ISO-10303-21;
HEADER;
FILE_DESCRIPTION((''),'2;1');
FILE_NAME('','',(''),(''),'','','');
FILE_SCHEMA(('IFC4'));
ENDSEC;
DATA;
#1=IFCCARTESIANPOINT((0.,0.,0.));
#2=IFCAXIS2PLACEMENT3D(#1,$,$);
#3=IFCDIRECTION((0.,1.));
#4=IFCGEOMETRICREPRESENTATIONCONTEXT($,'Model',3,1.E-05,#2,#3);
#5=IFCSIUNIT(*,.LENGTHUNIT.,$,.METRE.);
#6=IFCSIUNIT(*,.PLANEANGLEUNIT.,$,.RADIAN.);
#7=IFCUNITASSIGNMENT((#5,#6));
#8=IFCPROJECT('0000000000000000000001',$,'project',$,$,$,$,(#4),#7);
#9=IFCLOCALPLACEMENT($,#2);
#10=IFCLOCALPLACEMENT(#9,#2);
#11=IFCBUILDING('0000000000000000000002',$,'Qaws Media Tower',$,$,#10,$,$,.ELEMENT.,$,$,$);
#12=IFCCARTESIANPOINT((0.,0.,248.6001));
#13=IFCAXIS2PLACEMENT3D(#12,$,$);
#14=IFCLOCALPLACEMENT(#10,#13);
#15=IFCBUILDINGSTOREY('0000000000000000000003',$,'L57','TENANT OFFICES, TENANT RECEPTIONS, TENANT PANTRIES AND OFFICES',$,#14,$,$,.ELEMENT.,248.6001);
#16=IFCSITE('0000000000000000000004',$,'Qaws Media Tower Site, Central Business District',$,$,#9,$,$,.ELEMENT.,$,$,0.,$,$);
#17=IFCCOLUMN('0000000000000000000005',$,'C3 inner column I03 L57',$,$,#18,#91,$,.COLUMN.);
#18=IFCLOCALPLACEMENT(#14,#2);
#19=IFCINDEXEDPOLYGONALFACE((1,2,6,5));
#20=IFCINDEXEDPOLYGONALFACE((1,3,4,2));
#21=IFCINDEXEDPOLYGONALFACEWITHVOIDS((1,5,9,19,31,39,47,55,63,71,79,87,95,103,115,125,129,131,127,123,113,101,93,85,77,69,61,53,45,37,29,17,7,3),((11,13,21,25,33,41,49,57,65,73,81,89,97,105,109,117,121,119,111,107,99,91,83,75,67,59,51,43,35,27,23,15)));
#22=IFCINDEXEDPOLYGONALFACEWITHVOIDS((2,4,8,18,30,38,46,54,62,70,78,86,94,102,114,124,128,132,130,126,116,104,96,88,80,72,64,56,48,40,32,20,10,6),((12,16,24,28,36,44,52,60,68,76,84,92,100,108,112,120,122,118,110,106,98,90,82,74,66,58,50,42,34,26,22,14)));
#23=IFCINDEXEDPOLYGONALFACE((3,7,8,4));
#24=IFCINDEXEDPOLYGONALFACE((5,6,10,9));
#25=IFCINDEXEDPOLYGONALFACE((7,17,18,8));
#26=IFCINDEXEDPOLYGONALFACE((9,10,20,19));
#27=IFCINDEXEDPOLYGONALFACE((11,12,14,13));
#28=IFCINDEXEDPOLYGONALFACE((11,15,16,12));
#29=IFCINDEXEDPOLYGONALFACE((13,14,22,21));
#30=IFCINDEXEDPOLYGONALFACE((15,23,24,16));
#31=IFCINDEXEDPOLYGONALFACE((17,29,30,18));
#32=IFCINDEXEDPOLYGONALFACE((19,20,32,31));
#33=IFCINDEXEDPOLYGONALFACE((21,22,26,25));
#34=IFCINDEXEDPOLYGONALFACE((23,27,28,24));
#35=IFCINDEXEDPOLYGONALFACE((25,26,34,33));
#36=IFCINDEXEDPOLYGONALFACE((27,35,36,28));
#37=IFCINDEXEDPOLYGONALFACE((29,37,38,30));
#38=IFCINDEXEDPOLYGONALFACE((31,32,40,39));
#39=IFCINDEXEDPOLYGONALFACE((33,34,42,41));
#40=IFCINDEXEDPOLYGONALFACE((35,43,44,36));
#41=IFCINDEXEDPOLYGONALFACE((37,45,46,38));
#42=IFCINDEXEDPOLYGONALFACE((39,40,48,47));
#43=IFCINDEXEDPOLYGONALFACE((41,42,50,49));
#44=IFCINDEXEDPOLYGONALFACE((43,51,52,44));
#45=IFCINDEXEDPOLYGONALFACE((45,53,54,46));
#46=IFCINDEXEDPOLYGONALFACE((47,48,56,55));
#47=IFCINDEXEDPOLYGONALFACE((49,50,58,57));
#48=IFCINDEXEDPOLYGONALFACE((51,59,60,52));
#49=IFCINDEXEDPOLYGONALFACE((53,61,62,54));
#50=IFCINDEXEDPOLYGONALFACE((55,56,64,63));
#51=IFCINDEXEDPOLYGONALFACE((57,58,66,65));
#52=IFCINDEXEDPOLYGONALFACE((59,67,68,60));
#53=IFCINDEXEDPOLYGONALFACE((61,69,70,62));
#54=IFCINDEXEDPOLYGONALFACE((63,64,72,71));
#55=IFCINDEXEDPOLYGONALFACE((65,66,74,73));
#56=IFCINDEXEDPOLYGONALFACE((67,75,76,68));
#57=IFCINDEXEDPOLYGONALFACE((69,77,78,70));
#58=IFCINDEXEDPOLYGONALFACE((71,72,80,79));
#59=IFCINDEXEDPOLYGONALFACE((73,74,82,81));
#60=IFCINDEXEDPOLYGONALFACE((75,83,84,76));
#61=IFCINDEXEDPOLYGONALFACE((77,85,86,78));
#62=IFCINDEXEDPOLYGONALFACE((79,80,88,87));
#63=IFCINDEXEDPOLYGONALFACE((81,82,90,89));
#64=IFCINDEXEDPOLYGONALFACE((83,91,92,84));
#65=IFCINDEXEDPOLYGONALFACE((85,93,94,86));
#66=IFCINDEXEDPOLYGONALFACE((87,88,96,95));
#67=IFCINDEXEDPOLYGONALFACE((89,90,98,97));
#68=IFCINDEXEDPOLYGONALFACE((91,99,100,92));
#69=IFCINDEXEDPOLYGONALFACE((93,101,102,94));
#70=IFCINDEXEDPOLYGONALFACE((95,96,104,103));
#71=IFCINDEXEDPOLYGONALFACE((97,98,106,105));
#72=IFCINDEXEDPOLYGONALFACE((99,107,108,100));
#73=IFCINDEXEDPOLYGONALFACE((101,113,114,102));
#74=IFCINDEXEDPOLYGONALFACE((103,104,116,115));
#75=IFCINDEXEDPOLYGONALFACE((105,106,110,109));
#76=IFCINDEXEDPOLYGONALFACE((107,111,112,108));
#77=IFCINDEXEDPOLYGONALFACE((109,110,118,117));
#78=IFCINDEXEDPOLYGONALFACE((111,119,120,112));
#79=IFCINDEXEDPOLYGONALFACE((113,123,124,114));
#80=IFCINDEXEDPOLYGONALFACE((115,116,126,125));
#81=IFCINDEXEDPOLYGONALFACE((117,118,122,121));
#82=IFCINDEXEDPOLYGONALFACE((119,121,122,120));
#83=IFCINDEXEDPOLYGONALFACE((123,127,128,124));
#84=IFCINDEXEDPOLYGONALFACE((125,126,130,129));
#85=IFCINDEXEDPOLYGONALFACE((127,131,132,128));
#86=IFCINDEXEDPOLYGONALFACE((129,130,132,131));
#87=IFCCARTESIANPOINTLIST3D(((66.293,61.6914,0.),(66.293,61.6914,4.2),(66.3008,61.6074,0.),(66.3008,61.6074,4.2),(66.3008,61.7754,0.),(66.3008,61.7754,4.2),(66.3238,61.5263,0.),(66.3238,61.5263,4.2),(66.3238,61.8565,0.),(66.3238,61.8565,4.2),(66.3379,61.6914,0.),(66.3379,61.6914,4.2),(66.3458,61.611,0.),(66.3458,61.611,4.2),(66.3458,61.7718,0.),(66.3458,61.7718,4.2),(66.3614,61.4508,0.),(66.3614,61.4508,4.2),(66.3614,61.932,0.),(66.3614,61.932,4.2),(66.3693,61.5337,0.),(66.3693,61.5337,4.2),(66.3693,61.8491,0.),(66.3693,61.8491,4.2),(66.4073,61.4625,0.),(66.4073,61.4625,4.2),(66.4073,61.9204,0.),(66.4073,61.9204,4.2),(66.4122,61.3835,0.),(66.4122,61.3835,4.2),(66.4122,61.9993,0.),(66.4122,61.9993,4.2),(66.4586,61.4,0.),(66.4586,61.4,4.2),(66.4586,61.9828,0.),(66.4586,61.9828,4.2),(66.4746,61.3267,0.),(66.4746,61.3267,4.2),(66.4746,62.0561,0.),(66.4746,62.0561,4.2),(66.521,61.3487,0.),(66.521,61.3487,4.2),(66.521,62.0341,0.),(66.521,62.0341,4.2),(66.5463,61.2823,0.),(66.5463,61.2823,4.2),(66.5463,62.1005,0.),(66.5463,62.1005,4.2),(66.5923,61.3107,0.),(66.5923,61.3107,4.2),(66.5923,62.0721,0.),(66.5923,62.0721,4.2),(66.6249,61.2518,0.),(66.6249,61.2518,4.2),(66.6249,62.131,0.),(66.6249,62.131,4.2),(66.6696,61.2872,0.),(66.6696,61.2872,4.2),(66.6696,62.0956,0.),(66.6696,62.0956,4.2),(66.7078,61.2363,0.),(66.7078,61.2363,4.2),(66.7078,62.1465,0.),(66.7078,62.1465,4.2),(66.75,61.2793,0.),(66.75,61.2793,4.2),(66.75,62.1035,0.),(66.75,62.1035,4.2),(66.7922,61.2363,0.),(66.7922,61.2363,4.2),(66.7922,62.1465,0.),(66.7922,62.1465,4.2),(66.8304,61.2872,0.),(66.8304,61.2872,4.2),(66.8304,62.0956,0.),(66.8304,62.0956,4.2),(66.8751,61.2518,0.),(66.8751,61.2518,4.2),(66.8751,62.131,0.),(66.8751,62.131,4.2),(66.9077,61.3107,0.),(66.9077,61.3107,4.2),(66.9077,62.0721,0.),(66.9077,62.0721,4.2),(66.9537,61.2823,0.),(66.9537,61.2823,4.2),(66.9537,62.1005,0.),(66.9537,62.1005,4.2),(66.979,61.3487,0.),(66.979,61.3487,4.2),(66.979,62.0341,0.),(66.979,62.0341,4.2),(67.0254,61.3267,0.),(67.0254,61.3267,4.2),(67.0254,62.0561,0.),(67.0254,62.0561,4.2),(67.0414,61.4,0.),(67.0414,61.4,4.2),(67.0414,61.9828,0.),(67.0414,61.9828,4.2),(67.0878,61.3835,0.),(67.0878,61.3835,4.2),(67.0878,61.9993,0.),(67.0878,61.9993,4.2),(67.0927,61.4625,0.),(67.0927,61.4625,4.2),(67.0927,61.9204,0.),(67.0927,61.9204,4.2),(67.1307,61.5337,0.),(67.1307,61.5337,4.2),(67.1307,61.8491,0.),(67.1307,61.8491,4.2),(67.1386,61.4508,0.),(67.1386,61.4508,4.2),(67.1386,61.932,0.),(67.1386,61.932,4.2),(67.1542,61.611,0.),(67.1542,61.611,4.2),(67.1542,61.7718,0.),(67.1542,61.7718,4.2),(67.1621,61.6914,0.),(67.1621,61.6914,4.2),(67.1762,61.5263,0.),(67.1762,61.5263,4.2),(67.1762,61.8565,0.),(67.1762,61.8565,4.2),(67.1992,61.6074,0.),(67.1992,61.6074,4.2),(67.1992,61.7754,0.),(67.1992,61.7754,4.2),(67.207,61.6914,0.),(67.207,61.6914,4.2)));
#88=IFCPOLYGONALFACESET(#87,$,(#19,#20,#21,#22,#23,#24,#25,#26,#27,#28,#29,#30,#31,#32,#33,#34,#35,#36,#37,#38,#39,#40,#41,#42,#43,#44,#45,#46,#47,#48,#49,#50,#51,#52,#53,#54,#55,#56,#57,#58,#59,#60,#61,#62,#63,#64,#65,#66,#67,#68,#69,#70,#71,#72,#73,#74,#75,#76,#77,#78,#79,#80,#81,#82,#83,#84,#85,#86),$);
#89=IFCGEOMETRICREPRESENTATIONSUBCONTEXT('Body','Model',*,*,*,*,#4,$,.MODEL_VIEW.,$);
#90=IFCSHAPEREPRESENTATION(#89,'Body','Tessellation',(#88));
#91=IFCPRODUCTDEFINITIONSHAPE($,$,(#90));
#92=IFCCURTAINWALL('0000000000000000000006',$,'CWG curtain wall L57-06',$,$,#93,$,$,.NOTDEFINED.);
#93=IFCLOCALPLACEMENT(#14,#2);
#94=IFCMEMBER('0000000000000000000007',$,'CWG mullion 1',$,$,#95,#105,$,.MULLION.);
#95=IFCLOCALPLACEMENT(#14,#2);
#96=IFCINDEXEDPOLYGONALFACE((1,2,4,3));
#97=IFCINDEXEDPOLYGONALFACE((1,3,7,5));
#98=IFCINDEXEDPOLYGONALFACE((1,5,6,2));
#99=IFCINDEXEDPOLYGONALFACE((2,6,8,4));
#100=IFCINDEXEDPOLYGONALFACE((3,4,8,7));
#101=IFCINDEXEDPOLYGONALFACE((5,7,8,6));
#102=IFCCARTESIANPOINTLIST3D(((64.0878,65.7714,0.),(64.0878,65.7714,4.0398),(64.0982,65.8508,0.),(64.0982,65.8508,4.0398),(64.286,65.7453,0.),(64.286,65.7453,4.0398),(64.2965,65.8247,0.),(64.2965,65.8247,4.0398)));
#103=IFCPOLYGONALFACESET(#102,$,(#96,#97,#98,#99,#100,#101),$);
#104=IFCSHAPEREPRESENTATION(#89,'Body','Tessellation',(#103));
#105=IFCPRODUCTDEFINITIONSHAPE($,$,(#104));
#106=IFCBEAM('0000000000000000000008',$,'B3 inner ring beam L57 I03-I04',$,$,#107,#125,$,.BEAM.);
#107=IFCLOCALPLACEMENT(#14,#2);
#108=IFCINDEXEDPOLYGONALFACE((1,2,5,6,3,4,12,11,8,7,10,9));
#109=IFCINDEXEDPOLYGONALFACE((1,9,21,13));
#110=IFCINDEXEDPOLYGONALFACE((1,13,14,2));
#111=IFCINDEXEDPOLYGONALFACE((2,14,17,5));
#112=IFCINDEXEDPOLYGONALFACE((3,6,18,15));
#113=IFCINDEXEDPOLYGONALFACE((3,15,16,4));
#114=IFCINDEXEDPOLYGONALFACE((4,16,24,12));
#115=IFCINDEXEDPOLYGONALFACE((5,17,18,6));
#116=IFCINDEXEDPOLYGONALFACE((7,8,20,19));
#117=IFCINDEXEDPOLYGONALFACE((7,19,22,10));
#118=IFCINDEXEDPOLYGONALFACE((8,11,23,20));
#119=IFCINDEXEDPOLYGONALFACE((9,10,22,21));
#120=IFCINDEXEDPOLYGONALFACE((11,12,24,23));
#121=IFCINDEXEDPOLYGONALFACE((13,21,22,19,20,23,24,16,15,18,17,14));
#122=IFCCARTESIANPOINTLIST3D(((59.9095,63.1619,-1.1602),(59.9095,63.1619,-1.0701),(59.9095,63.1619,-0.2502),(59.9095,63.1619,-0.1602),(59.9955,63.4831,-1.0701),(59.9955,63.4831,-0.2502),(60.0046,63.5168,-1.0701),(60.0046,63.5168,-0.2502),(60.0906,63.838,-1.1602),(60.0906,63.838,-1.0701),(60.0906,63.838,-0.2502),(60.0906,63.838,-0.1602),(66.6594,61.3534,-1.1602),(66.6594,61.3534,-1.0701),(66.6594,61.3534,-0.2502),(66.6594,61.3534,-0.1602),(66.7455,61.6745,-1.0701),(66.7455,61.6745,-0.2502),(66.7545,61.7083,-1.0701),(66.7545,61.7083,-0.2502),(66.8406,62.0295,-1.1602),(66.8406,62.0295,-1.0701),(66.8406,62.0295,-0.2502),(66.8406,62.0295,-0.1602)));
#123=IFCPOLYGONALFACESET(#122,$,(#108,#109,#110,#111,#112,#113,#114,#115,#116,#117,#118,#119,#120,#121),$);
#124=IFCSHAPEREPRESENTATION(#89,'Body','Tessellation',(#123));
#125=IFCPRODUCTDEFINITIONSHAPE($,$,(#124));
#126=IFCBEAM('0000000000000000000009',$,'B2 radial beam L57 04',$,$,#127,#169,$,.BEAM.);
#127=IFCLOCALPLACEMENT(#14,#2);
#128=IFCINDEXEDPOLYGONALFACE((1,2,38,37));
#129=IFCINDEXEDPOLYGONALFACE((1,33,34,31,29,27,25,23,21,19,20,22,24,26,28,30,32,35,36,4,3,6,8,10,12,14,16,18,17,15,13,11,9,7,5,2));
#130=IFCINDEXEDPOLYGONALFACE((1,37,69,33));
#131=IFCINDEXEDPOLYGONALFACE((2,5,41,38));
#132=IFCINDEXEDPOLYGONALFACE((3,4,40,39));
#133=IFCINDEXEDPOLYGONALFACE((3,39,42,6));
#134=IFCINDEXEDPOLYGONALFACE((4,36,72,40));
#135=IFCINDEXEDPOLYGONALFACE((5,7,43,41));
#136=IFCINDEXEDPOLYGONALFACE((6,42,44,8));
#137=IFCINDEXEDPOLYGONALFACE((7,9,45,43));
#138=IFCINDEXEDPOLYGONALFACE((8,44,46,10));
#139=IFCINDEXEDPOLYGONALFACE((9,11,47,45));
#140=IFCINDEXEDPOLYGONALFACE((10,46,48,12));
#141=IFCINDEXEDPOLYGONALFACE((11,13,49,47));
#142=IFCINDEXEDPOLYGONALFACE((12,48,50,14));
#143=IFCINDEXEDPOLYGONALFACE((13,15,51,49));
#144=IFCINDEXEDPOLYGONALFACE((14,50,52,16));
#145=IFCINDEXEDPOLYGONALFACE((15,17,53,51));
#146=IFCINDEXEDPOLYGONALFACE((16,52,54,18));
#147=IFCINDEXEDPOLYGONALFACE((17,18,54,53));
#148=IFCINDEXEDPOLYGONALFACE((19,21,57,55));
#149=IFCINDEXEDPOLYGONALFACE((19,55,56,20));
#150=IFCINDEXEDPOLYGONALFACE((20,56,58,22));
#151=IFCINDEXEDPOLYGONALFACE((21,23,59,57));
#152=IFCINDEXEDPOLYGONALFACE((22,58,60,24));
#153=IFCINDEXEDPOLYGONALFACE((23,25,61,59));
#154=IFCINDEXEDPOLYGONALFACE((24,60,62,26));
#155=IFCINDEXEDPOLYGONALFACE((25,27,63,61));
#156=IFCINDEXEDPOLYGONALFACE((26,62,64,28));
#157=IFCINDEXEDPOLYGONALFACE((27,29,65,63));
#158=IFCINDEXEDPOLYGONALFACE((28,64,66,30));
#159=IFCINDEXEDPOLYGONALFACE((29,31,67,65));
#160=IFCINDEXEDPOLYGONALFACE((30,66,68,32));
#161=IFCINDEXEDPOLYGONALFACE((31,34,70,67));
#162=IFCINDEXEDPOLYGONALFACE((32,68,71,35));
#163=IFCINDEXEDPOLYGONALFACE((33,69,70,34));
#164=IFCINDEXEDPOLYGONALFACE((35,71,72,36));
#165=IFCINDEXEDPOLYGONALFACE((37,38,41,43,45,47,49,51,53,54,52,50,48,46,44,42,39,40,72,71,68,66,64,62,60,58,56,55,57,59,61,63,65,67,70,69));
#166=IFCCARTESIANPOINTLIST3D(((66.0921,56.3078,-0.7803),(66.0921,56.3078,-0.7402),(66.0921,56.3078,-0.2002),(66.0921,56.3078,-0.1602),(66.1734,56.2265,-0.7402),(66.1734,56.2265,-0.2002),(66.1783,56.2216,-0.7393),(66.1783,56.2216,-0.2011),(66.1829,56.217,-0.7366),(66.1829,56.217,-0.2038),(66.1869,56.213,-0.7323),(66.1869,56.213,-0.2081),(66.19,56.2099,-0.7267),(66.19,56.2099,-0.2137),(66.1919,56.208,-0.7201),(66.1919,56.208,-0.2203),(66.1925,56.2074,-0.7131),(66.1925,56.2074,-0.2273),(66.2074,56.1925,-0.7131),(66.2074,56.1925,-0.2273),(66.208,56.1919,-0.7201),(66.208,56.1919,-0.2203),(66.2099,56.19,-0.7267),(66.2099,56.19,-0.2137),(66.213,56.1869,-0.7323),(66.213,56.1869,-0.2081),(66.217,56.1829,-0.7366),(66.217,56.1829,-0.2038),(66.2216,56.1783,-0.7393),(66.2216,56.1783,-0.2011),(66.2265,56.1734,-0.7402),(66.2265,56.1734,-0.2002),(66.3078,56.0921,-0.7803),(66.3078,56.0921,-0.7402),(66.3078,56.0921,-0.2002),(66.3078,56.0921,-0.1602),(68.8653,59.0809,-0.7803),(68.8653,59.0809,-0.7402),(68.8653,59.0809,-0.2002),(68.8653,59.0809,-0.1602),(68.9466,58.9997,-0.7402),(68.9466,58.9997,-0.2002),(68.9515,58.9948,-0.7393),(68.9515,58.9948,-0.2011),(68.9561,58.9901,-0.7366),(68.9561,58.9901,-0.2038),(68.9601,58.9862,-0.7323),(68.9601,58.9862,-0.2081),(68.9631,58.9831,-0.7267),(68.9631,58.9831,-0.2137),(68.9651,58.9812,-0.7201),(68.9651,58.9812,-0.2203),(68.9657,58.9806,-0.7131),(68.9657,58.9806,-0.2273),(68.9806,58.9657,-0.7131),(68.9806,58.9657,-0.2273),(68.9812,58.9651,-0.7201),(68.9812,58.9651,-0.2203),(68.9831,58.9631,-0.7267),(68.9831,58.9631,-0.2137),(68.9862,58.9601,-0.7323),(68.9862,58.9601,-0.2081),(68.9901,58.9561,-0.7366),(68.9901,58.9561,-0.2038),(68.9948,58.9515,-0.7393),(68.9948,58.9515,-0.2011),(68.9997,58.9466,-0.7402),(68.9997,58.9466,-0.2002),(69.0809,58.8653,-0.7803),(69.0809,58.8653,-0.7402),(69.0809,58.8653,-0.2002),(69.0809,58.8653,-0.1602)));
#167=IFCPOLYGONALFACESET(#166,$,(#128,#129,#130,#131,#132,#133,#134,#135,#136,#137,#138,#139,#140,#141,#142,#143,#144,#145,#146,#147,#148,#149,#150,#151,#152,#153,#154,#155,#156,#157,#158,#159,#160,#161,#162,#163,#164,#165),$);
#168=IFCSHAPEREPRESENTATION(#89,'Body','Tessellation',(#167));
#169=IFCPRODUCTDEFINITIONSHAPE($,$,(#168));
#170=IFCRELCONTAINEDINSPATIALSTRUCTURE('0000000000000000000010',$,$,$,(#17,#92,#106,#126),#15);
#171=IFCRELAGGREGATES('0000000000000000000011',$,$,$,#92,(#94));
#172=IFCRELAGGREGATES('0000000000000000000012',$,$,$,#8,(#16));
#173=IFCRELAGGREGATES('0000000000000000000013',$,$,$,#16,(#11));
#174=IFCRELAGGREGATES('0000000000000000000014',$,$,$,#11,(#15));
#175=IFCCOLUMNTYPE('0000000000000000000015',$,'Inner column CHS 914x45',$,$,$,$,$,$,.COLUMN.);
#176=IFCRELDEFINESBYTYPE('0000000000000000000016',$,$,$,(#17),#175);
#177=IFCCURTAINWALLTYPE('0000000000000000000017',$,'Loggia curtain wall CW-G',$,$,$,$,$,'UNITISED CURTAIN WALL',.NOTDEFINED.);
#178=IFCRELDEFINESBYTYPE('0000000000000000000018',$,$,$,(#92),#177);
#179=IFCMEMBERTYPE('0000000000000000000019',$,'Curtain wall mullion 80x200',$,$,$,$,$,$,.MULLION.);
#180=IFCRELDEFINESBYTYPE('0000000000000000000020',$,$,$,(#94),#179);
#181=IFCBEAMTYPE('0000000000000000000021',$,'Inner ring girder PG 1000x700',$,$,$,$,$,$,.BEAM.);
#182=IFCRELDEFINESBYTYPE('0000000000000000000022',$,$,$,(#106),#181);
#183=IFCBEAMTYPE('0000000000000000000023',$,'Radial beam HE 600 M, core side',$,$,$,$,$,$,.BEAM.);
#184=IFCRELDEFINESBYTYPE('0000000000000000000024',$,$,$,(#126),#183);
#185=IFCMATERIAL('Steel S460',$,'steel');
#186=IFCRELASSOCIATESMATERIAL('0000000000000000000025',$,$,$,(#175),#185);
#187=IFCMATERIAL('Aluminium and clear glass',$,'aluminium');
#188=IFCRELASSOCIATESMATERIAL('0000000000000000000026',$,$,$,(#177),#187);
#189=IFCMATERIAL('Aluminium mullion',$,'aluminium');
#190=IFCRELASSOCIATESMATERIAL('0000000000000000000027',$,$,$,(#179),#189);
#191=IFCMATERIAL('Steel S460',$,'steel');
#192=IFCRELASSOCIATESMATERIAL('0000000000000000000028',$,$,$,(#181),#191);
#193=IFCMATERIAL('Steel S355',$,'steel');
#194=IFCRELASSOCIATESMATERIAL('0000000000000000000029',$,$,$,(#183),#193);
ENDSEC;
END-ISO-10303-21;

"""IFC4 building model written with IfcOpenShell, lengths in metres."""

from ifc_helpers import new_model, si_unit, direction, frame, origin, origin_2d, place, context, subcontext, project, spatial, rectangle, hollow_circle, i_section, extrude, material, material_profile, profile_set, type_object, element, aggregate, save


model = new_model("IFC4")

# Units and contexts
model_context = context("Model", 3, precision=1e-05, world=origin(), true_north=direction((0.0, 1.0)))
body_context = subcontext(model_context, "Body", "Model", "MODEL_VIEW")
ifc_project = project(units=[si_unit("LENGTHUNIT", "METRE"), si_unit("PLANEANGLEUNIT", "RADIAN")], contexts=[model_context])

# Site, building, storey
site_placement = place(None, origin())
site = spatial("IfcSite", under=ifc_project, at=site_placement, Name="Qaws Media Tower Site, Central Business District", CompositionType="ELEMENT", RefElevation=0.0)
building_placement = place(site_placement, origin())
building = spatial("IfcBuilding", under=site, at=building_placement, Name="Qaws Media Tower", CompositionType="ELEMENT")
storey_placement = place(building_placement, frame((0.0, 0.0, 248.6001)))
storey = spatial("IfcBuildingStorey", under=building, at=storey_placement, Name="L57", Description="TENANT OFFICES, TENANT RECEPTIONS, TENANT PANTRIES AND OFFICES", CompositionType="ELEMENT", Elevation=248.6001)

# Column
ifc_material_1 = material(Name="Steel S460", Category="steel")
ifc_material_profile_1 = material_profile(ifc_material_1, hollow_circle(Radius=0.457, WallThickness=0.0449, at=origin_2d()), Name="CHS 914x45")
ifc_profile_set_1 = profile_set([ifc_material_profile_1], Name="Steel S460")
column_type = type_object("IfcColumnType", Name="Inner column CHS 914x45", PredefinedType="COLUMN", material=ifc_profile_set_1)
column_placement = place(storey_placement, frame((66.75, 61.6914, 0.0), z_axis=(0.0, 0.0, 1.0), x_axis=(1.0, 0.0, 0.0)))
element("IfcColumn", 1, at=column_placement, inside=storey, type_object=column_type, Name="C3 inner column I03 L57", PredefinedType="COLUMN", context=body_context, shape_type="SweptSolid", body=[
    extrude(hollow_circle(Radius=0.457, WallThickness=0.0449, at=origin_2d()), origin(), (0.0, 0.0, 1.0), 4.2),
])

# Curtain wall, member
ifc_material_2 = material(Name="Aluminium and clear glass", Category="aluminium")
curtain_wall_type = type_object("IfcCurtainWallType", Name="Loggia curtain wall CW-G", ElementType="UNITISED CURTAIN WALL", PredefinedType="NOTDEFINED", material=ifc_material_2)
curtain_wall_placement = place(storey_placement, origin())
curtain_wall = element("IfcCurtainWall", 2, at=curtain_wall_placement, inside=storey, type_object=curtain_wall_type, Name="CWG curtain wall L57-06", PredefinedType="NOTDEFINED")
ifc_material_3 = material(Name="Aluminium mullion", Category="aluminium")
ifc_material_profile_2 = material_profile(ifc_material_3, rectangle(XDim=0.0801, YDim=0.2, at=origin_2d()), Name="80x200")
ifc_profile_set_2 = profile_set([ifc_material_profile_2], Name="Aluminium mullion")
member_type = type_object("IfcMemberType", Name="Curtain wall mullion 80x200", PredefinedType="MULLION", material=ifc_profile_set_2)
member_placement = place(storey_placement, frame((64.1921, 65.7981, 0.0), z_axis=(0.0, 0.0, 1.0), x_axis=(-0.130526, -0.991445, 0.0)))
member = element("IfcMember", 3, at=member_placement, type_object=member_type, Name="CWG mullion 1", PredefinedType="MULLION", context=body_context, shape_type="SweptSolid", body=[
    extrude(rectangle(XDim=0.0801, YDim=0.2, at=origin_2d()), origin(), (0.0, 0.0, 1.0), 4.0398),
])
aggregate(curtain_wall, [member])

# Beams
ifc_material_4 = material(Name="Steel S460", Category="steel")
ifc_material_profile_3 = material_profile(ifc_material_4, i_section(OverallWidth=0.7, OverallDepth=1.0, WebThickness=0.0349, FlangeThickness=0.0901, at=origin_2d()), Name="PG 1000x700")
ifc_profile_set_3 = profile_set([ifc_material_profile_3], Name="Steel S460")
beam_type_1 = type_object("IfcBeamType", Name="Inner ring girder PG 1000x700", PredefinedType="BEAM", material=ifc_profile_set_3)
beam_1_placement = place(storey_placement, frame((66.75, 61.6914, -0.6602), z_axis=(-0.965928, 0.258811, 0.0), x_axis=(-0.258811, -0.965928, 0.0)))
element("IfcBeam", 4, at=beam_1_placement, inside=storey, type_object=beam_type_1, Name="B3 inner ring beam L57 I03-I04", PredefinedType="BEAM", context=body_context, shape_type="SweptSolid", body=[
    extrude(i_section(OverallWidth=0.7, OverallDepth=1.0, WebThickness=0.0349, FlangeThickness=0.0901, at=origin_2d()), origin(), (0.0, 0.0, 1.0), 6.988),
])
ifc_material_5 = material(Name="Steel S355", Category="steel")
ifc_material_profile_4 = material_profile(ifc_material_5, i_section(OverallWidth=0.3049, OverallDepth=0.6201, WebThickness=0.021, FlangeThickness=0.04, FilletRadius=0.0271, at=origin_2d()), Name="HE 600 M")
ifc_profile_set_4 = profile_set([ifc_material_profile_4], Name="Steel S355")
beam_type_2 = type_object("IfcBeamType", Name="Radial beam HE 600 M, core side", PredefinedType="BEAM", material=ifc_profile_set_4)
beam_2_placement = place(storey_placement, frame((66.2, 56.2, -0.4702), z_axis=(0.707107, 0.707107, 0.0), x_axis=(-0.707107, 0.707107, 0.0)))
element("IfcBeam", 5, at=beam_2_placement, inside=storey, type_object=beam_type_2, Name="B2 radial beam L57 04", PredefinedType="BEAM", context=body_context, shape_type="SweptSolid", body=[
    extrude(i_section(OverallWidth=0.3049, OverallDepth=0.6201, WebThickness=0.021, FlangeThickness=0.04, FilletRadius=0.0271, at=origin_2d()), origin(), (0.0, 0.0, 1.0), 3.9219),
])

save(model, "model.ifc")
